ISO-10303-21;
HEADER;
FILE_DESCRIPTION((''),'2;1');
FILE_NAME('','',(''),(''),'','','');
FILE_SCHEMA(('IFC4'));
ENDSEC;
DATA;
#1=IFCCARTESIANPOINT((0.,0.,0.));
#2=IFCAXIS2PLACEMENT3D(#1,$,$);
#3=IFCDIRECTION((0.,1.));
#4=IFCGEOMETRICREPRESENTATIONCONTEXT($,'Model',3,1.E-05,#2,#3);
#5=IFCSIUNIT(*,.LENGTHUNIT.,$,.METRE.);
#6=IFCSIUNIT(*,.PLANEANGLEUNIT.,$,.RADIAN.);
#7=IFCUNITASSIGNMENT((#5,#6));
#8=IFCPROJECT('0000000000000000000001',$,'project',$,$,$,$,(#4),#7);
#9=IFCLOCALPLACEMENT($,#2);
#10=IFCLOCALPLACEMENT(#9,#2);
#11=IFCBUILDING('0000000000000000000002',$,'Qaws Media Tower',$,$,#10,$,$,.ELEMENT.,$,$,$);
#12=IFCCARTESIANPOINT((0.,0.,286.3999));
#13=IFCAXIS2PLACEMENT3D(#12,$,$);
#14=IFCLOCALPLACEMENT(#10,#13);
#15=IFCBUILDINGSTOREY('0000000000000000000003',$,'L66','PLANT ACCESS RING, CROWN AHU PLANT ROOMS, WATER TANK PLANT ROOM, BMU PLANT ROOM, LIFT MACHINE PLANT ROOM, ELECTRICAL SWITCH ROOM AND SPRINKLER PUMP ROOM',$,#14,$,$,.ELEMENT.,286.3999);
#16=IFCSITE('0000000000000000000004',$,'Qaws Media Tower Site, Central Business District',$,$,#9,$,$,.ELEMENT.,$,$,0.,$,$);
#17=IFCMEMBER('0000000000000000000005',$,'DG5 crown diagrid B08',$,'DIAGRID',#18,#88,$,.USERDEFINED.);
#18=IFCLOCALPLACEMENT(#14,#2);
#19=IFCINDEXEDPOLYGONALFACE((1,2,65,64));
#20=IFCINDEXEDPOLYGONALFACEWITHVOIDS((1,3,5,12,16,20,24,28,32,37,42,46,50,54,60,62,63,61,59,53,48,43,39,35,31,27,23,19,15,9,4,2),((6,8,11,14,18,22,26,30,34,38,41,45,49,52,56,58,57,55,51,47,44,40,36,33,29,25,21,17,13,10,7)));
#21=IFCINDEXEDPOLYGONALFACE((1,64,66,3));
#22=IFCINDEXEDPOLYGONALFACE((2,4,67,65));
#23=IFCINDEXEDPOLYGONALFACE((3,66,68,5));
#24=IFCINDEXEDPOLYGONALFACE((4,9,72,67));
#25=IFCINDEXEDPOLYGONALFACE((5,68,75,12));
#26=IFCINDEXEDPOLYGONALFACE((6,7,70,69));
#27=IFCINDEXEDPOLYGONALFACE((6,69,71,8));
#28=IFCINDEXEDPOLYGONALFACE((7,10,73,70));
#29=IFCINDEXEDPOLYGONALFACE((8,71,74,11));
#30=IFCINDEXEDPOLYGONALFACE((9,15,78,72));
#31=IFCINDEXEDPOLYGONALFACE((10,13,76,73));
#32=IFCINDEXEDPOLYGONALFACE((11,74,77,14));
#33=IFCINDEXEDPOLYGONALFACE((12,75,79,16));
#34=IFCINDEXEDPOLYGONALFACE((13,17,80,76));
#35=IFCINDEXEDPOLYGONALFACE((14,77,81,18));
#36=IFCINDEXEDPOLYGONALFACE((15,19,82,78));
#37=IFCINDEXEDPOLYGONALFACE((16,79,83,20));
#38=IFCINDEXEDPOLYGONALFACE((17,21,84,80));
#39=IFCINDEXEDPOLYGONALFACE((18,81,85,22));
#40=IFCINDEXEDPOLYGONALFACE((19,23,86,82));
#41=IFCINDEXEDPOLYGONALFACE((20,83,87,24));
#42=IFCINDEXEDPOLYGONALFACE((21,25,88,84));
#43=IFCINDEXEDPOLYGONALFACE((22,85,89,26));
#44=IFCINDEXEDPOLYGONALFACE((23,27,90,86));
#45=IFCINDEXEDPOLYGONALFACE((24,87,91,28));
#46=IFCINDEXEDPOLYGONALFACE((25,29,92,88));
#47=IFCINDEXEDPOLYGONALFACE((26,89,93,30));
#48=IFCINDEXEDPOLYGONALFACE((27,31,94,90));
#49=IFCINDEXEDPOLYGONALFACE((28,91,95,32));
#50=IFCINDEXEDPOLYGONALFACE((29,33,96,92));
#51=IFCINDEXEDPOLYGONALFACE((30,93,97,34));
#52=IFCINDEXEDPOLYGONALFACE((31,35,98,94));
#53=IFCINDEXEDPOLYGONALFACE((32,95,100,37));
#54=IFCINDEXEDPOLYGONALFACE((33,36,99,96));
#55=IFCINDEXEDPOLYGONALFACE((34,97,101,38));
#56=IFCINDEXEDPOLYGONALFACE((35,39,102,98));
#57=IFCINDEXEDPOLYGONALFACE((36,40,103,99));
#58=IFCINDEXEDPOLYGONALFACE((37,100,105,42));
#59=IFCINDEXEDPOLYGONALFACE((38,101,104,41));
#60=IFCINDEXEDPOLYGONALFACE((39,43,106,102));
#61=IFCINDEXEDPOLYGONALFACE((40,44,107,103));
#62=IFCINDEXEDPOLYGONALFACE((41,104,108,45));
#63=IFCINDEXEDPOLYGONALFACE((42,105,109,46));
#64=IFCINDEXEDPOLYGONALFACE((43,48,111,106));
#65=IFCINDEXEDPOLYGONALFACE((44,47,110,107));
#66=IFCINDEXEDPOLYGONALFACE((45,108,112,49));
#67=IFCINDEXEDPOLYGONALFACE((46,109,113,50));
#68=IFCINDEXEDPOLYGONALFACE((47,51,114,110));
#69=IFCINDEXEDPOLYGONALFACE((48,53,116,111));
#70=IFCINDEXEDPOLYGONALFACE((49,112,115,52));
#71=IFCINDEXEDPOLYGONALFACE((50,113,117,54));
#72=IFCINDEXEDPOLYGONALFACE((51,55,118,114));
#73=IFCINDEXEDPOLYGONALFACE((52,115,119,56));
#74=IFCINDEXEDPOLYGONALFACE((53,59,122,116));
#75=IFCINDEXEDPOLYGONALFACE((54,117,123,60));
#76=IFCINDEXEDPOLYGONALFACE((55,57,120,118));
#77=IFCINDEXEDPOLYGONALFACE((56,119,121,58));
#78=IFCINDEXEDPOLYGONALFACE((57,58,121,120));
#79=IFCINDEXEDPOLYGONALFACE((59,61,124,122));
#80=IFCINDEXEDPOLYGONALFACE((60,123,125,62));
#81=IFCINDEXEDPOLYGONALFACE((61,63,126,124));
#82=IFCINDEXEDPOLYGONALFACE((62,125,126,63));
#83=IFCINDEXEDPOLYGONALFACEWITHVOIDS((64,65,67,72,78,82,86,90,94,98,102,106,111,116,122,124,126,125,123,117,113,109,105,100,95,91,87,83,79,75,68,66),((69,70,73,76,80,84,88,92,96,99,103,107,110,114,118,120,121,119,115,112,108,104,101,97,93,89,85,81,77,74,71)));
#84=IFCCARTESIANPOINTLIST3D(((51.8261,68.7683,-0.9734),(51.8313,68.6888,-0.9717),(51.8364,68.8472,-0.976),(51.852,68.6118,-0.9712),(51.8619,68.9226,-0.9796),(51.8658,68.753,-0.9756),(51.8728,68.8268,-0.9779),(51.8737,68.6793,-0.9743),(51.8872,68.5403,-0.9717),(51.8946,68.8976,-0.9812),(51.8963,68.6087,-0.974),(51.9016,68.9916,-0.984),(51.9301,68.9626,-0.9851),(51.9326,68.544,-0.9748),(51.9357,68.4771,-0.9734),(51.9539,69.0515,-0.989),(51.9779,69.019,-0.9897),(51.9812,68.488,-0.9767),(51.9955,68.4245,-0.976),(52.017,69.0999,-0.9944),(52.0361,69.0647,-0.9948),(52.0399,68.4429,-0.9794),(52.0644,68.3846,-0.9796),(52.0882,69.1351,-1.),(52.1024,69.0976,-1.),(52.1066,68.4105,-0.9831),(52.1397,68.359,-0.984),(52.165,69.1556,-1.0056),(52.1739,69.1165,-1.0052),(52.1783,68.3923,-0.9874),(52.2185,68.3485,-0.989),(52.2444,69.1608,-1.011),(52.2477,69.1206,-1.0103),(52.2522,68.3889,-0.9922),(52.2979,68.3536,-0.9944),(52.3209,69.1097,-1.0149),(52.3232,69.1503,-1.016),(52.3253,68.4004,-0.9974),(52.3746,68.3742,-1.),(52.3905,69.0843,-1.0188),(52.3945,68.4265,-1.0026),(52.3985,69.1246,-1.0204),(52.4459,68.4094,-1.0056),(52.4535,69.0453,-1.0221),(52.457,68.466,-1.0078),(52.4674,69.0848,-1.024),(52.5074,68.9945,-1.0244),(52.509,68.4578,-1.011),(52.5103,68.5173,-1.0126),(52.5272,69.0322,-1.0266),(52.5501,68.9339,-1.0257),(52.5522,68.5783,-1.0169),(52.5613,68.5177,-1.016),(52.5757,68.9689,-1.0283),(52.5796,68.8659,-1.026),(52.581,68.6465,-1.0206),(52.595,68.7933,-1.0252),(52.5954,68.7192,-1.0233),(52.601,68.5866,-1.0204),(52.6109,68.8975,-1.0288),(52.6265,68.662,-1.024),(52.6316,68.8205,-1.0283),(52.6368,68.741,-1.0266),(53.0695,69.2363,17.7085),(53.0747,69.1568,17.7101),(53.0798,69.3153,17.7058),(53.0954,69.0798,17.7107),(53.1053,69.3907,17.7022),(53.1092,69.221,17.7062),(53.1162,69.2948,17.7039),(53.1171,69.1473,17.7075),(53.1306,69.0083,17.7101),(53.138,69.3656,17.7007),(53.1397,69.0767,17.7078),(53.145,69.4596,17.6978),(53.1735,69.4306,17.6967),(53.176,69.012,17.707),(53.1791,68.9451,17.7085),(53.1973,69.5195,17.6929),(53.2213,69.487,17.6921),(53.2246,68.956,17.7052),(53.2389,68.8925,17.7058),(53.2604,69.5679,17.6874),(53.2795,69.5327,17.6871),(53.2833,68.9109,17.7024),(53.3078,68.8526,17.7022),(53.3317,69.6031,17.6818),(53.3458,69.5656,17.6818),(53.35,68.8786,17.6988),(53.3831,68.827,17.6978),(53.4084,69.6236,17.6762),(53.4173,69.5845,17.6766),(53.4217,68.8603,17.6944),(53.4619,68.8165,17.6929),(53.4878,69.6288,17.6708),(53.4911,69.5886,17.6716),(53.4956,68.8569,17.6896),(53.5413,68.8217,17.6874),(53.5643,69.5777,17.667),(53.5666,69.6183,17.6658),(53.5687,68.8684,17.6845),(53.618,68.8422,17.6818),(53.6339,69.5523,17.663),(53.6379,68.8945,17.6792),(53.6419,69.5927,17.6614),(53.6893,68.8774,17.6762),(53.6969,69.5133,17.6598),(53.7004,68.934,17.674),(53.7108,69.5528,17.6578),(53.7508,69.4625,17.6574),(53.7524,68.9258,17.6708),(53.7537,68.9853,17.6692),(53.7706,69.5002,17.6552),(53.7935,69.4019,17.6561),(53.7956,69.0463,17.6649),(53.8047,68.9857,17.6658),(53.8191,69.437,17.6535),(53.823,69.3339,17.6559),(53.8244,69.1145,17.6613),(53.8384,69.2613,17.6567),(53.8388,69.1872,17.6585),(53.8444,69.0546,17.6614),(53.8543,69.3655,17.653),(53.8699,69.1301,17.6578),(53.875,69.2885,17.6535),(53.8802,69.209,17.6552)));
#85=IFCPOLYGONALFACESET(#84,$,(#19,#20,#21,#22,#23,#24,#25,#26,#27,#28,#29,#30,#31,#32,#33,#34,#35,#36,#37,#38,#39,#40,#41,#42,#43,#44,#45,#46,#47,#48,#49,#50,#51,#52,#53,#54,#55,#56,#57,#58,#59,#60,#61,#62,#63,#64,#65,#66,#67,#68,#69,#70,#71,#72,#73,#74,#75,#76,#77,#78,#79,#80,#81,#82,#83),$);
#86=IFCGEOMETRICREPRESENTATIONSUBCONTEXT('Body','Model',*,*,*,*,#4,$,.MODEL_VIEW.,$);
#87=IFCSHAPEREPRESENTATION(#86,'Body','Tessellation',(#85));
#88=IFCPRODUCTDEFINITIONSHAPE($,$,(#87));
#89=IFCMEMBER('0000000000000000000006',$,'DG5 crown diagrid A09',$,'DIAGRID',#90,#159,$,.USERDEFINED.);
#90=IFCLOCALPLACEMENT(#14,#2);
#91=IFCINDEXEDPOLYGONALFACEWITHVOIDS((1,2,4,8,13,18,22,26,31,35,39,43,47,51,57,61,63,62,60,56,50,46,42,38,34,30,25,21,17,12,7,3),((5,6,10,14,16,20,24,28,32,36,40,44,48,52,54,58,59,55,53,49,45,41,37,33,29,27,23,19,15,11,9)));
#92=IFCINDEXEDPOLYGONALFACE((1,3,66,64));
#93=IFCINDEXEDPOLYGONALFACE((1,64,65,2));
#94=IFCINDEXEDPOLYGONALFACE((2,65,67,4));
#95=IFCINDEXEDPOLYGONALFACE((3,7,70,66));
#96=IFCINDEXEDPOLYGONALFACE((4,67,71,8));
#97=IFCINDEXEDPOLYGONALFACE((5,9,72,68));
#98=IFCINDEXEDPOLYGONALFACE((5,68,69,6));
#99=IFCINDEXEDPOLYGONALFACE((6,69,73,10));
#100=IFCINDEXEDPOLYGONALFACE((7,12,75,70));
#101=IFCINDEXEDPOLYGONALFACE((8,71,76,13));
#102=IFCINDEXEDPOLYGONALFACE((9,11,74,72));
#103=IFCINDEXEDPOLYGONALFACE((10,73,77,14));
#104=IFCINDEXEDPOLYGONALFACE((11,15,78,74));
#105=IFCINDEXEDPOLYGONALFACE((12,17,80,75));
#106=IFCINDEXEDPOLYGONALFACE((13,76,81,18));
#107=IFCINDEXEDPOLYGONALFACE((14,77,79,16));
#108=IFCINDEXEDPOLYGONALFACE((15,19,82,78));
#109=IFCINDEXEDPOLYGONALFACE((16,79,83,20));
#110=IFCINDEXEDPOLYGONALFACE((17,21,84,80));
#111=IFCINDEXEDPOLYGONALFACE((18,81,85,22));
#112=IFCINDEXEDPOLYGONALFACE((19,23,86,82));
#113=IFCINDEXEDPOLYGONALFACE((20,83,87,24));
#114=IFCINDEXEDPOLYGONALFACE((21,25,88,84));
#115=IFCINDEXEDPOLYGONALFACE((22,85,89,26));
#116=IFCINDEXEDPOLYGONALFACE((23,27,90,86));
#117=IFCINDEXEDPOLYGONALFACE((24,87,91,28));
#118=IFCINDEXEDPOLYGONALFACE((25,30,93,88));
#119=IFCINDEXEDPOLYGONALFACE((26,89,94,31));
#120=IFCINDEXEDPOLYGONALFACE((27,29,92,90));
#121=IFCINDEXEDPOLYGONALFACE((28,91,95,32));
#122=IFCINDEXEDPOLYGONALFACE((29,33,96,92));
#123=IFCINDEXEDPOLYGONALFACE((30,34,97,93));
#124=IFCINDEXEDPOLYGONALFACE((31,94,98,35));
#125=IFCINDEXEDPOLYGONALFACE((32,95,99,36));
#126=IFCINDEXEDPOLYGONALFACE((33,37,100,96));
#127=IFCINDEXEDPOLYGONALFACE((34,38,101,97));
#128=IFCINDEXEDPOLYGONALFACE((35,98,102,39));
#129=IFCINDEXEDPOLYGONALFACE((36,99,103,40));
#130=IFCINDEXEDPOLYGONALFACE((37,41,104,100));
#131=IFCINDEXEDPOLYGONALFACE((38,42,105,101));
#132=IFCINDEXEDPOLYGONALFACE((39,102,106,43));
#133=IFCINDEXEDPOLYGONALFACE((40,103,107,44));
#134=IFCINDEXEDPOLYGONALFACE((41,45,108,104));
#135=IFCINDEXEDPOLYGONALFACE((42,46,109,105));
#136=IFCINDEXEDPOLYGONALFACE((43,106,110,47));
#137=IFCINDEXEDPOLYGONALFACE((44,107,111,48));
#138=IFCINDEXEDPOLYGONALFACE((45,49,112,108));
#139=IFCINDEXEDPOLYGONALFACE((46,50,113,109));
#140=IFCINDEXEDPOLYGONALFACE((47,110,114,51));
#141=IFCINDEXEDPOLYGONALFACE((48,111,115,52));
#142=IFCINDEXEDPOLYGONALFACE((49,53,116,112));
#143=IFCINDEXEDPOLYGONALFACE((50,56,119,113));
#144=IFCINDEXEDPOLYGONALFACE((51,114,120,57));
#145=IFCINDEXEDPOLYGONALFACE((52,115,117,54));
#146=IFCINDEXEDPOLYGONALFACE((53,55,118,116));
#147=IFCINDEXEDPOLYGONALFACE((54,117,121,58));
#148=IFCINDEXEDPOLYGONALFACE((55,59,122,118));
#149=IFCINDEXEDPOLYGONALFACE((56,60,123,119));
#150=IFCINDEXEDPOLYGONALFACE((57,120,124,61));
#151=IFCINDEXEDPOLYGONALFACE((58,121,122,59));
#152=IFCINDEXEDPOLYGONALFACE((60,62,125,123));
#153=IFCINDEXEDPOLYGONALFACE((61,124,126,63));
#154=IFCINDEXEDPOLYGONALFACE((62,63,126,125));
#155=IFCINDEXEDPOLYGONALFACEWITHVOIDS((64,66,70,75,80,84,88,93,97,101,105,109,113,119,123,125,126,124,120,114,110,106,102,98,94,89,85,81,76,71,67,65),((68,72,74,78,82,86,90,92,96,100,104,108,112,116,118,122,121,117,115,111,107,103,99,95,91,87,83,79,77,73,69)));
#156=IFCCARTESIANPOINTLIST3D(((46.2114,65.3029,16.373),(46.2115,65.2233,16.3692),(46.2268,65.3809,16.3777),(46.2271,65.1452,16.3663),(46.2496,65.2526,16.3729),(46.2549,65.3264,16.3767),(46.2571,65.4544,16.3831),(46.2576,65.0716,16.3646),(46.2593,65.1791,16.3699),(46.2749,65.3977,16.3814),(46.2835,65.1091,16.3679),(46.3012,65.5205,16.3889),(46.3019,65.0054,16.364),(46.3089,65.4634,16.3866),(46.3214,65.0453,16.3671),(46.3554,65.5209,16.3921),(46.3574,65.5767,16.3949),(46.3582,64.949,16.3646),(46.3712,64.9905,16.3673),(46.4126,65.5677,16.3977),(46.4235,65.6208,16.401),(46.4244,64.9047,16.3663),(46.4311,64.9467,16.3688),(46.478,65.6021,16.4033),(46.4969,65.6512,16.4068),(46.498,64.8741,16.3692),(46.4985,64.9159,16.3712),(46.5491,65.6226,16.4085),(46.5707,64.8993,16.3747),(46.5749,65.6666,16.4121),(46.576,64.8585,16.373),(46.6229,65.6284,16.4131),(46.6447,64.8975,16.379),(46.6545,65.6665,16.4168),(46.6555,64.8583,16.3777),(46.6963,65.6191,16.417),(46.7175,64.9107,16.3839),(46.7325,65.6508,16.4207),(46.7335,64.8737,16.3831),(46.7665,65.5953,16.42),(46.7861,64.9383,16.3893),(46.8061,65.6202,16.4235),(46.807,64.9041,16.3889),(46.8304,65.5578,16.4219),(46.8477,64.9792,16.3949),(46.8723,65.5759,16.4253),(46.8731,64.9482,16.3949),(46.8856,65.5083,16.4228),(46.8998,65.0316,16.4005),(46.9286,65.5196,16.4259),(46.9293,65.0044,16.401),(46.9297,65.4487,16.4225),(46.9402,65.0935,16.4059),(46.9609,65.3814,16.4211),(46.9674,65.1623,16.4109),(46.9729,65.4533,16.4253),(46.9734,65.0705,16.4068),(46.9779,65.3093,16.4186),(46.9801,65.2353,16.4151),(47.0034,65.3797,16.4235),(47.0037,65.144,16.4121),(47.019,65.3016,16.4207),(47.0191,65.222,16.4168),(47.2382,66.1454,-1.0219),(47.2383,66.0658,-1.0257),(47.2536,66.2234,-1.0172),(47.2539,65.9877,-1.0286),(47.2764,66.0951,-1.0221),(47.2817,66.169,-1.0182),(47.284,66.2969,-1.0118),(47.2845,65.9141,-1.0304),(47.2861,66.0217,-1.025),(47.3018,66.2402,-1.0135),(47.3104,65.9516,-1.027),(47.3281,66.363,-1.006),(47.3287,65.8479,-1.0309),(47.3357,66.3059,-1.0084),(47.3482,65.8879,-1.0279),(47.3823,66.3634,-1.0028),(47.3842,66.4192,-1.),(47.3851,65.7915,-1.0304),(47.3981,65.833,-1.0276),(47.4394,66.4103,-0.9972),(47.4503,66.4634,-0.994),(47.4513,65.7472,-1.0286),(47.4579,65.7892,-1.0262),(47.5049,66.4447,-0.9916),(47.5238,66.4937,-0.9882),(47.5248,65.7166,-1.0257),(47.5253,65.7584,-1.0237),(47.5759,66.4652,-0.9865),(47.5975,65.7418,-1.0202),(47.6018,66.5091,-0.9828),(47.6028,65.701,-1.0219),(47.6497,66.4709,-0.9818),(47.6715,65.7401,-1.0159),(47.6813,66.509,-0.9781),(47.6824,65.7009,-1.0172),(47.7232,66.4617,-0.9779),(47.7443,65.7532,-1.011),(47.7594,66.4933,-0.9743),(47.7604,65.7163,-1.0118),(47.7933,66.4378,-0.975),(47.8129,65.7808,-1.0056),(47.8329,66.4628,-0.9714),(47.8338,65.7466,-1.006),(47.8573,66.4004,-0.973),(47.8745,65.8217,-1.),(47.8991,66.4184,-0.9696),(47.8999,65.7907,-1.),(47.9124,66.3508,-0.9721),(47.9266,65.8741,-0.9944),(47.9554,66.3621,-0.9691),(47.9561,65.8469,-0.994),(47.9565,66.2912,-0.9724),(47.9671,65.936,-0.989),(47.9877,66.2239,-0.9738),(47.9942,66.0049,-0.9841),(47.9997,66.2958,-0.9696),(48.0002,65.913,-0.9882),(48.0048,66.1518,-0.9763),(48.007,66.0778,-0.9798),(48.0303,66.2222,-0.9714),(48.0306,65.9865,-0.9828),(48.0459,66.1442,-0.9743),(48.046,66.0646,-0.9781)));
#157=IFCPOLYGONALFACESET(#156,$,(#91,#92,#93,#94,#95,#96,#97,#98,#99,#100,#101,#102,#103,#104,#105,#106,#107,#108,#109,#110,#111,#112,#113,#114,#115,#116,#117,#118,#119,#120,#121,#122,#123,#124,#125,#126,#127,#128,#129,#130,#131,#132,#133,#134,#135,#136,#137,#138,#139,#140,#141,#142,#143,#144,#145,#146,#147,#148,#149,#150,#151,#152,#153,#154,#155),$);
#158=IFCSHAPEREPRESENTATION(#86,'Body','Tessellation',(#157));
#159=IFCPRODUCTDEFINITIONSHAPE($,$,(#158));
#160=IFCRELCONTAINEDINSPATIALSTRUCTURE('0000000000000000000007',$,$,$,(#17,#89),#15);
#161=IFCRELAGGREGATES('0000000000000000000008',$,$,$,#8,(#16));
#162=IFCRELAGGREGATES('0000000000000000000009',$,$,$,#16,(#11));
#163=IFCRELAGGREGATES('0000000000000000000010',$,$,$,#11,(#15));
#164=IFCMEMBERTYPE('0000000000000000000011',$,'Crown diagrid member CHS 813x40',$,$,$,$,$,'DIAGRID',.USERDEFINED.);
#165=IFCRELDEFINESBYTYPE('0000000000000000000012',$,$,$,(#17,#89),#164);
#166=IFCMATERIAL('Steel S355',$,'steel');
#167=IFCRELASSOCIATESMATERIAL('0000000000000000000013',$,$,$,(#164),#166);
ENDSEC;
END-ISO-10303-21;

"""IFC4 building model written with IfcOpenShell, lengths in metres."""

from ifc_helpers import new_model, si_unit, direction, frame, origin, origin_2d, place, context, subcontext, project, spatial, hollow_circle, extrude, material, material_profile, profile_set, type_object, element, save


model = new_model("IFC4")

# Units and contexts
model_context = context("Model", 3, precision=1e-05, world=origin(), true_north=direction((0.0, 1.0)))
body_context = subcontext(model_context, "Body", "Model", "MODEL_VIEW")
ifc_project = project(units=[si_unit("LENGTHUNIT", "METRE"), si_unit("PLANEANGLEUNIT", "RADIAN")], contexts=[model_context])

# Site, building, storey
site_placement = place(None, origin())
site = spatial("IfcSite", under=ifc_project, at=site_placement, Name="Qaws Media Tower Site, Central Business District", CompositionType="ELEMENT", RefElevation=0.0)
building_placement = place(site_placement, origin())
building = spatial("IfcBuilding", under=site, at=building_placement, Name="Qaws Media Tower", CompositionType="ELEMENT")
storey_placement = place(building_placement, frame((0.0, 0.0, 286.3999)))
storey = spatial("IfcBuildingStorey", under=building, at=storey_placement, Name="L66", Description="PLANT ACCESS RING, CROWN AHU PLANT ROOMS, WATER TANK PLANT ROOM, BMU PLANT ROOM, LIFT MACHINE PLANT ROOM, ELECTRICAL SWITCH ROOM AND SPRINKLER PUMP ROOM", CompositionType="ELEMENT", Elevation=286.3999)

# Members
ifc_material_1 = material(Name="Steel S355", Category="steel")
ifc_material_profile_1 = material_profile(ifc_material_1, hollow_circle(Radius=0.4065, WallThickness=0.04, at=origin_2d()), Name="CHS 813x40")
ifc_profile_set_1 = profile_set([ifc_material_profile_1], Name="Steel S355")
member_type = type_object("IfcMemberType", Name="Crown diagrid member CHS 813x40", ElementType="DIAGRID", PredefinedType="USERDEFINED", material=ifc_profile_set_1)
member_1_placement = place(storey_placement, frame((52.2314, 68.7546, -1.0), z_axis=(0.066389, 0.024989, 0.997481), x_axis=(-0.352271, 0.935898, 0.0)))
element("IfcMember", 1, at=member_1_placement, inside=storey, type_object=member_type, Name="DG5 crown diagrid B08", ObjectType="DIAGRID", PredefinedType="USERDEFINED", context=body_context, shape_type="SweptSolid", body=[
    extrude(hollow_circle(Radius=0.4065, WallThickness=0.04, at=origin_2d()), origin(), (0.0, 0.0, 1.0), 18.729),
])
member_2_placement = place(storey_placement, frame((47.6421, 66.105, -1.0), z_axis=(-0.05886, -0.048294, 0.997097), x_axis=(0.634308, -0.77308, 0.0)))
element("IfcMember", 2, at=member_2_placement, inside=storey, type_object=member_type, Name="DG5 crown diagrid A09", ObjectType="DIAGRID", PredefinedType="USERDEFINED", context=body_context, shape_type="SweptSolid", body=[
    extrude(hollow_circle(Radius=0.4065, WallThickness=0.04, at=origin_2d()), origin(), (0.0, 0.0, 1.0), 17.4456),
])

save(model, "model.ifc")
